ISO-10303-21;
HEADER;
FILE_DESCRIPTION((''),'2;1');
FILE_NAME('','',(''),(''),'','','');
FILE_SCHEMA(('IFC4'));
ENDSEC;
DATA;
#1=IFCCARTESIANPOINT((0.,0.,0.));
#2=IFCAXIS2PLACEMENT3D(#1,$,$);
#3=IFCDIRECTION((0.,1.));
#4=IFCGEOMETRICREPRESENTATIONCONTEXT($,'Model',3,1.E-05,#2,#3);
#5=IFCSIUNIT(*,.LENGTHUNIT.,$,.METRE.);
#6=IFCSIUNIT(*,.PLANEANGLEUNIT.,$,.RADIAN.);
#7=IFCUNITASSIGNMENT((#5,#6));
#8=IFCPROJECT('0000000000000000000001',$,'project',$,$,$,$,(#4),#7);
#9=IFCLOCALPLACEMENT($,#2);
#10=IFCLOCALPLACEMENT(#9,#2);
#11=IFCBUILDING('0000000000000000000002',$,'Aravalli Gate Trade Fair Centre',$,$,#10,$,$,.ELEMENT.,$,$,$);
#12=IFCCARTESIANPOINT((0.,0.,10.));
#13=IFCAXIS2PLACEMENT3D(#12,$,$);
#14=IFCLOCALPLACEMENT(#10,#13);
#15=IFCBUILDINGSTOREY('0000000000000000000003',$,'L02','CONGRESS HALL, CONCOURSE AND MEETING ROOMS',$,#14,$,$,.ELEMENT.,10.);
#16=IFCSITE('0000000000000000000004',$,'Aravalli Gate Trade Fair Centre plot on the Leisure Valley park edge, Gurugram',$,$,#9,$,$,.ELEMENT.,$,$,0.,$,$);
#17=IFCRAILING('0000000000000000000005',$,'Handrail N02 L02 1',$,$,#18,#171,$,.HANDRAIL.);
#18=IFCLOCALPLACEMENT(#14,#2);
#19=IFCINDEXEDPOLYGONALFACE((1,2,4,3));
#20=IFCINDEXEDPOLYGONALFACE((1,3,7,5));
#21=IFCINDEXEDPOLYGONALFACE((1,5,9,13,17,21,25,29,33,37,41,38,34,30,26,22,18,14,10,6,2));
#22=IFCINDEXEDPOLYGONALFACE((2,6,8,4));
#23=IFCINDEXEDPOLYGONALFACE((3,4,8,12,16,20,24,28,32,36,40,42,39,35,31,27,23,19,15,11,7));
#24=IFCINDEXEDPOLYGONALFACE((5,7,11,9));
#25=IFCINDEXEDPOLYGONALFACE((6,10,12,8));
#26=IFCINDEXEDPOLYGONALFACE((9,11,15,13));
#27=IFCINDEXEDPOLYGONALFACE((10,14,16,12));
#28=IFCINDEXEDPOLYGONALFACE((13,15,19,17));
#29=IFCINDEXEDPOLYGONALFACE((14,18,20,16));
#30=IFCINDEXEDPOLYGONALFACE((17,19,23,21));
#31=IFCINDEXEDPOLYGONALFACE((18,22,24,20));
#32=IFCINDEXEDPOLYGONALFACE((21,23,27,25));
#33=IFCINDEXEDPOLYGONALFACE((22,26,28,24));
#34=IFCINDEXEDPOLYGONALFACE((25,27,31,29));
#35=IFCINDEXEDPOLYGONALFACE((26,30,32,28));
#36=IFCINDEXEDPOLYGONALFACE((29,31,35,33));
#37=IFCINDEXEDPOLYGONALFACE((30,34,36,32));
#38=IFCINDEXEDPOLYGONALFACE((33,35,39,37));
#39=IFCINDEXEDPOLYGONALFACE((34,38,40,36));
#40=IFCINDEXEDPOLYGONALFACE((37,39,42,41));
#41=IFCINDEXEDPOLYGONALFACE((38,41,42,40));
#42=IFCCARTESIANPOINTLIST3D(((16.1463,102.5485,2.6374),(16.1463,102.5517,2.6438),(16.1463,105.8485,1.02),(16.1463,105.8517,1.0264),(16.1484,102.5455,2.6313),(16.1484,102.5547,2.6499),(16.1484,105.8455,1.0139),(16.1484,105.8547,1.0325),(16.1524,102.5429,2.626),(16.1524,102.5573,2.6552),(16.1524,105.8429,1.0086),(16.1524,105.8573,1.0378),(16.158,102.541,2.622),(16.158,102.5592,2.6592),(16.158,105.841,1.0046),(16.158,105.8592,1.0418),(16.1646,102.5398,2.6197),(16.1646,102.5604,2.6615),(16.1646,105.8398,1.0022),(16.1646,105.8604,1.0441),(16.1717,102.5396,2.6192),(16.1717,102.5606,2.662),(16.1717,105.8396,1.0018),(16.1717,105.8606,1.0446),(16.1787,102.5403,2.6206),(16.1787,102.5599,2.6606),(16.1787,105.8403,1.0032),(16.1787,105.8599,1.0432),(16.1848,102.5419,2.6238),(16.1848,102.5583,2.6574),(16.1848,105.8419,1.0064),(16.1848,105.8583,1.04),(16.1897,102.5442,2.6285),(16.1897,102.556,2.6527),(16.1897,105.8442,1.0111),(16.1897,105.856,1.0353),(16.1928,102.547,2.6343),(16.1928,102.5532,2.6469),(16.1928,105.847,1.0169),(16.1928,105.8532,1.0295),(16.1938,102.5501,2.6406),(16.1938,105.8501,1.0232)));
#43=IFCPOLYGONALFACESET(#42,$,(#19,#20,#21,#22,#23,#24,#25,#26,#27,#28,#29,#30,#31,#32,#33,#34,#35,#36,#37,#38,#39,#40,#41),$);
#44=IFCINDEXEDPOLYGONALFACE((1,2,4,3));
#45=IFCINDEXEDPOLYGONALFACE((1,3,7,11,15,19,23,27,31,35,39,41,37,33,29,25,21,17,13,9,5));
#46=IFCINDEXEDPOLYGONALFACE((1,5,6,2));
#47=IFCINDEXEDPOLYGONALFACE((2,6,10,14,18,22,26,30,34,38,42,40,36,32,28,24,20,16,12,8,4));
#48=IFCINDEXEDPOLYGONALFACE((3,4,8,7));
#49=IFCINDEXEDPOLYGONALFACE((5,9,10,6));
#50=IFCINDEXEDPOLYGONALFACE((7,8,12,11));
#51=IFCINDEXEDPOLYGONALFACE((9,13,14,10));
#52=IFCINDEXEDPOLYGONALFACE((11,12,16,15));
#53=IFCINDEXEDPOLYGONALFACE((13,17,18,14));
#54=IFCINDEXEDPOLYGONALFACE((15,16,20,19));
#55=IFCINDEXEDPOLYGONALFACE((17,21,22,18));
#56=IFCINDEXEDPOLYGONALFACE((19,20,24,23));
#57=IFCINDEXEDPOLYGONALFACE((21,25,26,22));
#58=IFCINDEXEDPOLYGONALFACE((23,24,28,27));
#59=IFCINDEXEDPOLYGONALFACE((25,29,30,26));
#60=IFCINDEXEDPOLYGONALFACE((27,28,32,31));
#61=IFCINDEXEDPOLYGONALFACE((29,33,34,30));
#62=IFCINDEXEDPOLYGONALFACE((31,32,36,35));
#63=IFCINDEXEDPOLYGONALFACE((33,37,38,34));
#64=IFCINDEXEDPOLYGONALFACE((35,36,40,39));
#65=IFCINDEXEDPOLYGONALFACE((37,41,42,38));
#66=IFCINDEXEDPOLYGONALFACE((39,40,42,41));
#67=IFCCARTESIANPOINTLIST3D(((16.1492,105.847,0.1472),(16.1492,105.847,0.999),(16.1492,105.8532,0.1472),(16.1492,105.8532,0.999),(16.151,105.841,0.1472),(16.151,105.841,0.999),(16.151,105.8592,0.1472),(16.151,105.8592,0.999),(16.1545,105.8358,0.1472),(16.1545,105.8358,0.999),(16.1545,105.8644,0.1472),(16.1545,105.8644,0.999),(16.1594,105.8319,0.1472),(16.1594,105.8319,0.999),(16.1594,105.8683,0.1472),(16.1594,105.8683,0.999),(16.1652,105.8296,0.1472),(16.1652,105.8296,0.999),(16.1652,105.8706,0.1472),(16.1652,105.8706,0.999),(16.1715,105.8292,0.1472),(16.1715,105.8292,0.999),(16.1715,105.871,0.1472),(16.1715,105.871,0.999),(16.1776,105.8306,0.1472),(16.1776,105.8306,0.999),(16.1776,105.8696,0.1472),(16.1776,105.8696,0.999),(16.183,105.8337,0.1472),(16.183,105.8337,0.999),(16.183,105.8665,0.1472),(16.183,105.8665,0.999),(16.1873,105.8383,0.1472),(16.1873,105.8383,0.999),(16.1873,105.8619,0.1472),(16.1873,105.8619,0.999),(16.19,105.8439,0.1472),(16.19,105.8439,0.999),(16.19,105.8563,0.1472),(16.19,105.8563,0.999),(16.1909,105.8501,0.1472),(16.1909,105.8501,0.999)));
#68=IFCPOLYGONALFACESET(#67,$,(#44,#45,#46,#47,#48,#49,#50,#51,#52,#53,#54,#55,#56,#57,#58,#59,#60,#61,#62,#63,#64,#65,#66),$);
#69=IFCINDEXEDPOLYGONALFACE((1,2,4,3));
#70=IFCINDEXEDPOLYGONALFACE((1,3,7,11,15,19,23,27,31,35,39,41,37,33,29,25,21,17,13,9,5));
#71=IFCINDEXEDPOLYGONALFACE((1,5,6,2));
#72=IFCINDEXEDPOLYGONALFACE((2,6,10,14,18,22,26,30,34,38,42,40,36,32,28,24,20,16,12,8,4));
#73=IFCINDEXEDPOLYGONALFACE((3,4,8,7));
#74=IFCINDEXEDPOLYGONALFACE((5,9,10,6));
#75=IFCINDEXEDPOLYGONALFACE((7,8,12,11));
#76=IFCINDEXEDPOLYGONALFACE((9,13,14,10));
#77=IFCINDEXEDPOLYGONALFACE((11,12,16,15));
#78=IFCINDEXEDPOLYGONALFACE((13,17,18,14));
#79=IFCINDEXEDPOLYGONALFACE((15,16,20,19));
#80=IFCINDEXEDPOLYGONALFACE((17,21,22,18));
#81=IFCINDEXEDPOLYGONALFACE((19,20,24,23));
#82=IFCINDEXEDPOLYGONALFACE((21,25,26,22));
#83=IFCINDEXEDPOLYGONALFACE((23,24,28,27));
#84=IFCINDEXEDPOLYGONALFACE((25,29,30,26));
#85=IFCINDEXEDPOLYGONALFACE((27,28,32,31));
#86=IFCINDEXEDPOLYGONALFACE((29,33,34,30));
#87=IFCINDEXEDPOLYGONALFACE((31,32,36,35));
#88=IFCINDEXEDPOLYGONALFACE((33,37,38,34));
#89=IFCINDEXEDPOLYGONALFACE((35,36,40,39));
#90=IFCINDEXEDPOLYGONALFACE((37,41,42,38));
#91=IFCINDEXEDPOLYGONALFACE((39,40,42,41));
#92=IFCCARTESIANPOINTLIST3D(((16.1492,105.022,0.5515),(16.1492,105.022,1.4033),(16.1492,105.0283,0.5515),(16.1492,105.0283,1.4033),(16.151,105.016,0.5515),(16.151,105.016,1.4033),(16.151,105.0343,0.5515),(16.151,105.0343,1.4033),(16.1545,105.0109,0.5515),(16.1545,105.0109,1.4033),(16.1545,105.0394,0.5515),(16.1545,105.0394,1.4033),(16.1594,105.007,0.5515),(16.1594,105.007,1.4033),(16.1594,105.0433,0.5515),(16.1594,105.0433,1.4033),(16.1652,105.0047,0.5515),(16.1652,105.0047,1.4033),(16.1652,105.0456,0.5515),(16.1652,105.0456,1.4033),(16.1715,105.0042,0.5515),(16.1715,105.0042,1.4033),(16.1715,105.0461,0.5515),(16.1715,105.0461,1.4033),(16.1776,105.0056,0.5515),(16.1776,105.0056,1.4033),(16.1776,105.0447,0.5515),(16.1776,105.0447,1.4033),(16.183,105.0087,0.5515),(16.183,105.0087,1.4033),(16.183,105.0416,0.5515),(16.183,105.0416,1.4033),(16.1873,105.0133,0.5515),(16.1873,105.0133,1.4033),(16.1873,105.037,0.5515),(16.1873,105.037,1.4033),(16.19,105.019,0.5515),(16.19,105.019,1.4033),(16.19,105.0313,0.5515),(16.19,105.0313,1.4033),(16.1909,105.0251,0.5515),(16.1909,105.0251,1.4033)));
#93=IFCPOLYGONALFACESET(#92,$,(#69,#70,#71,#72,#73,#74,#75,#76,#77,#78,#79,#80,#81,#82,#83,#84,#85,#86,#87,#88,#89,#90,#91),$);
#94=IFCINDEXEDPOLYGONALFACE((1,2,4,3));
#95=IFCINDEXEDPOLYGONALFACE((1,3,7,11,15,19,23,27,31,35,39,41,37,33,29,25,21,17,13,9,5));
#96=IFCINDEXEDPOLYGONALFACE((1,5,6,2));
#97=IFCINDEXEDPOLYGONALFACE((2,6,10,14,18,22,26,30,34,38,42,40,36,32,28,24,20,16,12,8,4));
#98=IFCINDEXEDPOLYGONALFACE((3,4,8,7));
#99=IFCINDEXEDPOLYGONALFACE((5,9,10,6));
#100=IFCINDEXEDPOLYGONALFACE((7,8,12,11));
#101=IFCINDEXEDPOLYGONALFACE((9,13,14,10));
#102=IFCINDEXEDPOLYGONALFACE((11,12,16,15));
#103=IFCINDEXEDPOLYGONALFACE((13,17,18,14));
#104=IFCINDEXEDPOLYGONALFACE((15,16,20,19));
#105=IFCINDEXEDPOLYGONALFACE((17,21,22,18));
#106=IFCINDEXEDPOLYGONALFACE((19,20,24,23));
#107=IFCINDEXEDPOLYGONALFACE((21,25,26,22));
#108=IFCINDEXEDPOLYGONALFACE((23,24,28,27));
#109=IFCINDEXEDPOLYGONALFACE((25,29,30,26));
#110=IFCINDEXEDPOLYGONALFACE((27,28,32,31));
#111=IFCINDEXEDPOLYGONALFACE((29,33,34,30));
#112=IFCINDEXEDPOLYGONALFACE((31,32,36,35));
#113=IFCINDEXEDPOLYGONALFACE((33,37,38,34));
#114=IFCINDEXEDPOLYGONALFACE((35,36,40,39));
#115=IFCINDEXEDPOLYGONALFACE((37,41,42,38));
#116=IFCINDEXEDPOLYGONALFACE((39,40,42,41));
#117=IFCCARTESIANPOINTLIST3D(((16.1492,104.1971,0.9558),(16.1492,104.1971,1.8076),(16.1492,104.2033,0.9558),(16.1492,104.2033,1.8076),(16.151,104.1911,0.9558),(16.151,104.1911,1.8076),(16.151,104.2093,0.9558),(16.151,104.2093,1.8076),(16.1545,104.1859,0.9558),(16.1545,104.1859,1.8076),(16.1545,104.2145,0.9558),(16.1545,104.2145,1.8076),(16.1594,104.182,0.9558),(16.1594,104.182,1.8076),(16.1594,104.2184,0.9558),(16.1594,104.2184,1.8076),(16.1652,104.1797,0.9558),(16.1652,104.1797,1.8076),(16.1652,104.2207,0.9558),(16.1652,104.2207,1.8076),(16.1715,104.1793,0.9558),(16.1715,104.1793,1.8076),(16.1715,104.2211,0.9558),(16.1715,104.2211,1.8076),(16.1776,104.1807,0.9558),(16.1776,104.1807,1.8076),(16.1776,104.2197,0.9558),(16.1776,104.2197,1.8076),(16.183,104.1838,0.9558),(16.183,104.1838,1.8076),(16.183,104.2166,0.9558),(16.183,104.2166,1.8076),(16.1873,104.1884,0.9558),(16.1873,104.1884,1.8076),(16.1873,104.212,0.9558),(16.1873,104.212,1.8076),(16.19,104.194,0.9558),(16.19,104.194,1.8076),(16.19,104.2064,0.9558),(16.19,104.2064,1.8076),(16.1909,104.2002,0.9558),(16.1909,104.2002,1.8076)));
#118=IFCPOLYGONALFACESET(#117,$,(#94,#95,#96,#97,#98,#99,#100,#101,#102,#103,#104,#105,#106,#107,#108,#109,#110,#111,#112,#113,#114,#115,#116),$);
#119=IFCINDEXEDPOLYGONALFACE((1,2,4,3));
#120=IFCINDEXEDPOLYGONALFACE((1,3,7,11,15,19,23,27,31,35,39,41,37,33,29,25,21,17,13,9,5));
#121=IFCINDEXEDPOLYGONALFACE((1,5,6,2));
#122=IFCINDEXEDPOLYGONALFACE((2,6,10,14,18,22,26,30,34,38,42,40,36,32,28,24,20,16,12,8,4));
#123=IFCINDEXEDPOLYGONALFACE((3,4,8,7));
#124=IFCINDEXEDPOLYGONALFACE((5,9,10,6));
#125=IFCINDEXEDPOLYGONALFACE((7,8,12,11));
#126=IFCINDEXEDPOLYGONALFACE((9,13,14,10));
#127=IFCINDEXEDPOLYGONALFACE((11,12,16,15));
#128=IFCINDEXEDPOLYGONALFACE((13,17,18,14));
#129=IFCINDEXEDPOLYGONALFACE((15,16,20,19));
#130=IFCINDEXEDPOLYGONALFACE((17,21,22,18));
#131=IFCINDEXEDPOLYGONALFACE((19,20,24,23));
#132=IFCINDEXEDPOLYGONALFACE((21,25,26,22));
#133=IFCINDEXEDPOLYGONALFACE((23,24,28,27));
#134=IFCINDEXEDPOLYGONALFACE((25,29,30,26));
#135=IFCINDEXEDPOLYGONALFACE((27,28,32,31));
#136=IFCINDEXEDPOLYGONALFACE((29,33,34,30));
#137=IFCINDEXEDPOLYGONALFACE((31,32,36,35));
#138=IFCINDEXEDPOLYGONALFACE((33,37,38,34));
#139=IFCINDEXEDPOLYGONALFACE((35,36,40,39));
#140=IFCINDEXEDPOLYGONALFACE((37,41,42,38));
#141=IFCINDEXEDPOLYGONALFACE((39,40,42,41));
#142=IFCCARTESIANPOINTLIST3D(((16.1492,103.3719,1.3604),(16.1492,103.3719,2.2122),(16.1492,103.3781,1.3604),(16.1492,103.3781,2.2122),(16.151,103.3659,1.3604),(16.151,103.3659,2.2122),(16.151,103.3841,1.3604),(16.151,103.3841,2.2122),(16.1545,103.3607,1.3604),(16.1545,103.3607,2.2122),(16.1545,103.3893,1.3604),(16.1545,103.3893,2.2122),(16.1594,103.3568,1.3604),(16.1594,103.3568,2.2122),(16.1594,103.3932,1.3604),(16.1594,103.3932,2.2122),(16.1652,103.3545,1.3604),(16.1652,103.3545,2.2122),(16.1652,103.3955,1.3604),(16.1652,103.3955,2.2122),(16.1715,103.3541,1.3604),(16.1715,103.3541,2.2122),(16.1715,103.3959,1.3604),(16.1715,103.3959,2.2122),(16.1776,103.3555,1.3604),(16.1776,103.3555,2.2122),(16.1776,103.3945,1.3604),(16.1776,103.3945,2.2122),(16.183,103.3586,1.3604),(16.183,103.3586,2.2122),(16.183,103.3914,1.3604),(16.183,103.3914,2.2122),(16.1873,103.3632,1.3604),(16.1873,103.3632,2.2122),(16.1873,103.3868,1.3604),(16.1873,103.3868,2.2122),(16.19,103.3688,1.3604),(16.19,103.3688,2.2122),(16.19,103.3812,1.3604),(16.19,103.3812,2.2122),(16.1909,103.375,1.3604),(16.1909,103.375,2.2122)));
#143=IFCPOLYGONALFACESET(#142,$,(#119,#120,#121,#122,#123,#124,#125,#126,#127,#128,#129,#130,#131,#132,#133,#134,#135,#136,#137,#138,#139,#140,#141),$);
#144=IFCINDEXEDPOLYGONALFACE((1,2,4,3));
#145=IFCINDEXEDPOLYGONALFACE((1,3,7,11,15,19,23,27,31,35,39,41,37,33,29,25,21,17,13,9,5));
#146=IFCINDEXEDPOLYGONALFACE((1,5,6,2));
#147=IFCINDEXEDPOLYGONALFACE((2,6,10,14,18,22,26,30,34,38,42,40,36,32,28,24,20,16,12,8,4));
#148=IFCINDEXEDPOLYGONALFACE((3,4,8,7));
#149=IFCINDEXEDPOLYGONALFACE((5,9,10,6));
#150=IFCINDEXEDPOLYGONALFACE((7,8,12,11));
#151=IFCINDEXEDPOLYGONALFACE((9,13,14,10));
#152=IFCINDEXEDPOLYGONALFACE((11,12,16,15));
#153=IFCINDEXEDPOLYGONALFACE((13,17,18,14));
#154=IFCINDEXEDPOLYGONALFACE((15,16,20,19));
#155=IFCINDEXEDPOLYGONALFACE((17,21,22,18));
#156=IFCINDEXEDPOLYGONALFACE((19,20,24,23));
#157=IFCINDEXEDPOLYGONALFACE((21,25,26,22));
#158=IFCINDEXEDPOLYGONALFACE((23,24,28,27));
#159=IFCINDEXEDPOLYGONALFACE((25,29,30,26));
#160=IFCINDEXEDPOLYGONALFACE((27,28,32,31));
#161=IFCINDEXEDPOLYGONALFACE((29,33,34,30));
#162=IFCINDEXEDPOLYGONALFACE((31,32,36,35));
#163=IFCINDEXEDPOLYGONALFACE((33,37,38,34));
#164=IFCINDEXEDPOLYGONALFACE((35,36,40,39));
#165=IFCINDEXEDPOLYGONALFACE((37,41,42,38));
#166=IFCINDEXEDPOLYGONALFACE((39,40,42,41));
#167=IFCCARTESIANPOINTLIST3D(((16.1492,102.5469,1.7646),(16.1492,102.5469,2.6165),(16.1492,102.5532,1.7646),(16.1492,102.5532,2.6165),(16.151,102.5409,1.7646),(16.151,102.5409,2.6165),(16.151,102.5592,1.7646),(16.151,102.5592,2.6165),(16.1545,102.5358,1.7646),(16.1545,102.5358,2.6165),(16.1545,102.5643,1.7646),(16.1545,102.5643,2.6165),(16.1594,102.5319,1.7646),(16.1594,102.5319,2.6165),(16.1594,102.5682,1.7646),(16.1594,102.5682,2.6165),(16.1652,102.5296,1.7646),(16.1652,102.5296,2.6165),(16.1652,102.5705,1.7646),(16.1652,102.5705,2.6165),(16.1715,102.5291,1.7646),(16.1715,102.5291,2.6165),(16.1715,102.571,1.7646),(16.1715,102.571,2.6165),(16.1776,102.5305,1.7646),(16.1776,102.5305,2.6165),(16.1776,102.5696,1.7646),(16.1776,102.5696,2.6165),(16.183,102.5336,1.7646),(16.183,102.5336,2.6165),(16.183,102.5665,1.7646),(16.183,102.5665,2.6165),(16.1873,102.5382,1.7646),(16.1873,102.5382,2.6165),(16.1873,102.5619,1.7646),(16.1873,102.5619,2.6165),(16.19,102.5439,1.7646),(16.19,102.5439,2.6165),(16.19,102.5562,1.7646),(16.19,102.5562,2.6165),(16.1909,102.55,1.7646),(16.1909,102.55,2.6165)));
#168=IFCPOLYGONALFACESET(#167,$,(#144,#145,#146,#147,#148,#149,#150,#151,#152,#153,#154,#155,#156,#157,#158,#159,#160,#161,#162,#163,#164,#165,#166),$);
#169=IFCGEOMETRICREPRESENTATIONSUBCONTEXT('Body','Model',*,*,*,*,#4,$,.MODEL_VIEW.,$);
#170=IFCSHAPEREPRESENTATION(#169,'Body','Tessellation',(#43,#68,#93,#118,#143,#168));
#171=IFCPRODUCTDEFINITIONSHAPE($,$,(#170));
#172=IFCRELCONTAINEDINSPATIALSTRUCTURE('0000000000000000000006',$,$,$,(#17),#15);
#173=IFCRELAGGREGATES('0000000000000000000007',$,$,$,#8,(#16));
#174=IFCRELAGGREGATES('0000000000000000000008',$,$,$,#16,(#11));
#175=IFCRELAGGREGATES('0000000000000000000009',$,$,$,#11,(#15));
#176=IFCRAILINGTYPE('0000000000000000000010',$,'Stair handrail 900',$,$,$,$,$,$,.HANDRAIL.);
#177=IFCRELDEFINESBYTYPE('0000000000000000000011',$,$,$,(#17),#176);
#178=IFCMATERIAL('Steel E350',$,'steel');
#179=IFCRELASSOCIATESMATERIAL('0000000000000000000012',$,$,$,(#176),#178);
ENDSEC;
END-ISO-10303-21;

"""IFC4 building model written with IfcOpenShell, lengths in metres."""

from ifc_helpers import new_model, si_unit, direction, frame, origin, origin_2d, place, context, subcontext, project, spatial, circle, extrude, material, type_object, element, save


model = new_model("IFC4")

# Units and contexts
model_context = context("Model", 3, precision=1e-05, world=origin(), true_north=direction((0.0, 1.0)))
body_context = subcontext(model_context, "Body", "Model", "MODEL_VIEW")
ifc_project = project(units=[si_unit("LENGTHUNIT", "METRE"), si_unit("PLANEANGLEUNIT", "RADIAN")], contexts=[model_context])

# Site, building, storey
site_placement = place(None, origin())
site = spatial("IfcSite", under=ifc_project, at=site_placement, Name="Aravalli Gate Trade Fair Centre plot on the Leisure Valley park edge, Gurugram", CompositionType="ELEMENT", RefElevation=0.0)
building_placement = place(site_placement, origin())
building = spatial("IfcBuilding", under=site, at=building_placement, Name="Aravalli Gate Trade Fair Centre", CompositionType="ELEMENT")
storey_placement = place(building_placement, frame((0.0, 0.0, 10.0)))
storey = spatial("IfcBuildingStorey", under=building, at=storey_placement, Name="L02", Description="CONGRESS HALL, CONCOURSE AND MEETING ROOMS", CompositionType="ELEMENT", Elevation=10.0)

# Shared definitions
ifc_material_1 = material(Name="Steel E350", Category="steel")

# Railing
railing_type_1 = type_object("IfcRailingType", Name="Stair handrail 900", PredefinedType="HANDRAIL", material=ifc_material_1)
railing_1_placement = place(storey_placement, frame((16.1699, 105.8501, 0.1472)))
element("IfcRailing", 1, at=railing_1_placement, inside=storey, type_object=railing_type_1, Name="Handrail N02 L02 1", PredefinedType="HANDRAIL", context=body_context, shape_type="SweptSolid", body=[
    extrude(circle(Radius=0.0239, at=origin_2d()), frame((0.0, 0.0, 0.876), z_axis=(0.0, -0.897946, 0.440105), x_axis=(1.0, 0.0, 0.0)), (0.0, 0.0, 1.0), 3.675),
    extrude(circle(Radius=0.021, at=origin_2d()), origin(), (0.0, 0.0, 1.0), 0.8518),
    extrude(circle(Radius=0.021, at=origin_2d()), frame((0.0, -0.825, 0.4043)), (0.0, 0.0, 1.0), 0.8518),
    extrude(circle(Radius=0.021, at=origin_2d()), frame((0.0, -1.6499, 0.8086)), (0.0, 0.0, 1.0), 0.8518),
    extrude(circle(Radius=0.021, at=origin_2d()), frame((0.0, -2.4751, 1.2131)), (0.0, 0.0, 1.0), 0.8518),
    extrude(circle(Radius=0.021, at=origin_2d()), frame((0.0, -3.3, 1.6174)), (0.0, 0.0, 1.0), 0.8518),
])

save(model, "model.ifc")
